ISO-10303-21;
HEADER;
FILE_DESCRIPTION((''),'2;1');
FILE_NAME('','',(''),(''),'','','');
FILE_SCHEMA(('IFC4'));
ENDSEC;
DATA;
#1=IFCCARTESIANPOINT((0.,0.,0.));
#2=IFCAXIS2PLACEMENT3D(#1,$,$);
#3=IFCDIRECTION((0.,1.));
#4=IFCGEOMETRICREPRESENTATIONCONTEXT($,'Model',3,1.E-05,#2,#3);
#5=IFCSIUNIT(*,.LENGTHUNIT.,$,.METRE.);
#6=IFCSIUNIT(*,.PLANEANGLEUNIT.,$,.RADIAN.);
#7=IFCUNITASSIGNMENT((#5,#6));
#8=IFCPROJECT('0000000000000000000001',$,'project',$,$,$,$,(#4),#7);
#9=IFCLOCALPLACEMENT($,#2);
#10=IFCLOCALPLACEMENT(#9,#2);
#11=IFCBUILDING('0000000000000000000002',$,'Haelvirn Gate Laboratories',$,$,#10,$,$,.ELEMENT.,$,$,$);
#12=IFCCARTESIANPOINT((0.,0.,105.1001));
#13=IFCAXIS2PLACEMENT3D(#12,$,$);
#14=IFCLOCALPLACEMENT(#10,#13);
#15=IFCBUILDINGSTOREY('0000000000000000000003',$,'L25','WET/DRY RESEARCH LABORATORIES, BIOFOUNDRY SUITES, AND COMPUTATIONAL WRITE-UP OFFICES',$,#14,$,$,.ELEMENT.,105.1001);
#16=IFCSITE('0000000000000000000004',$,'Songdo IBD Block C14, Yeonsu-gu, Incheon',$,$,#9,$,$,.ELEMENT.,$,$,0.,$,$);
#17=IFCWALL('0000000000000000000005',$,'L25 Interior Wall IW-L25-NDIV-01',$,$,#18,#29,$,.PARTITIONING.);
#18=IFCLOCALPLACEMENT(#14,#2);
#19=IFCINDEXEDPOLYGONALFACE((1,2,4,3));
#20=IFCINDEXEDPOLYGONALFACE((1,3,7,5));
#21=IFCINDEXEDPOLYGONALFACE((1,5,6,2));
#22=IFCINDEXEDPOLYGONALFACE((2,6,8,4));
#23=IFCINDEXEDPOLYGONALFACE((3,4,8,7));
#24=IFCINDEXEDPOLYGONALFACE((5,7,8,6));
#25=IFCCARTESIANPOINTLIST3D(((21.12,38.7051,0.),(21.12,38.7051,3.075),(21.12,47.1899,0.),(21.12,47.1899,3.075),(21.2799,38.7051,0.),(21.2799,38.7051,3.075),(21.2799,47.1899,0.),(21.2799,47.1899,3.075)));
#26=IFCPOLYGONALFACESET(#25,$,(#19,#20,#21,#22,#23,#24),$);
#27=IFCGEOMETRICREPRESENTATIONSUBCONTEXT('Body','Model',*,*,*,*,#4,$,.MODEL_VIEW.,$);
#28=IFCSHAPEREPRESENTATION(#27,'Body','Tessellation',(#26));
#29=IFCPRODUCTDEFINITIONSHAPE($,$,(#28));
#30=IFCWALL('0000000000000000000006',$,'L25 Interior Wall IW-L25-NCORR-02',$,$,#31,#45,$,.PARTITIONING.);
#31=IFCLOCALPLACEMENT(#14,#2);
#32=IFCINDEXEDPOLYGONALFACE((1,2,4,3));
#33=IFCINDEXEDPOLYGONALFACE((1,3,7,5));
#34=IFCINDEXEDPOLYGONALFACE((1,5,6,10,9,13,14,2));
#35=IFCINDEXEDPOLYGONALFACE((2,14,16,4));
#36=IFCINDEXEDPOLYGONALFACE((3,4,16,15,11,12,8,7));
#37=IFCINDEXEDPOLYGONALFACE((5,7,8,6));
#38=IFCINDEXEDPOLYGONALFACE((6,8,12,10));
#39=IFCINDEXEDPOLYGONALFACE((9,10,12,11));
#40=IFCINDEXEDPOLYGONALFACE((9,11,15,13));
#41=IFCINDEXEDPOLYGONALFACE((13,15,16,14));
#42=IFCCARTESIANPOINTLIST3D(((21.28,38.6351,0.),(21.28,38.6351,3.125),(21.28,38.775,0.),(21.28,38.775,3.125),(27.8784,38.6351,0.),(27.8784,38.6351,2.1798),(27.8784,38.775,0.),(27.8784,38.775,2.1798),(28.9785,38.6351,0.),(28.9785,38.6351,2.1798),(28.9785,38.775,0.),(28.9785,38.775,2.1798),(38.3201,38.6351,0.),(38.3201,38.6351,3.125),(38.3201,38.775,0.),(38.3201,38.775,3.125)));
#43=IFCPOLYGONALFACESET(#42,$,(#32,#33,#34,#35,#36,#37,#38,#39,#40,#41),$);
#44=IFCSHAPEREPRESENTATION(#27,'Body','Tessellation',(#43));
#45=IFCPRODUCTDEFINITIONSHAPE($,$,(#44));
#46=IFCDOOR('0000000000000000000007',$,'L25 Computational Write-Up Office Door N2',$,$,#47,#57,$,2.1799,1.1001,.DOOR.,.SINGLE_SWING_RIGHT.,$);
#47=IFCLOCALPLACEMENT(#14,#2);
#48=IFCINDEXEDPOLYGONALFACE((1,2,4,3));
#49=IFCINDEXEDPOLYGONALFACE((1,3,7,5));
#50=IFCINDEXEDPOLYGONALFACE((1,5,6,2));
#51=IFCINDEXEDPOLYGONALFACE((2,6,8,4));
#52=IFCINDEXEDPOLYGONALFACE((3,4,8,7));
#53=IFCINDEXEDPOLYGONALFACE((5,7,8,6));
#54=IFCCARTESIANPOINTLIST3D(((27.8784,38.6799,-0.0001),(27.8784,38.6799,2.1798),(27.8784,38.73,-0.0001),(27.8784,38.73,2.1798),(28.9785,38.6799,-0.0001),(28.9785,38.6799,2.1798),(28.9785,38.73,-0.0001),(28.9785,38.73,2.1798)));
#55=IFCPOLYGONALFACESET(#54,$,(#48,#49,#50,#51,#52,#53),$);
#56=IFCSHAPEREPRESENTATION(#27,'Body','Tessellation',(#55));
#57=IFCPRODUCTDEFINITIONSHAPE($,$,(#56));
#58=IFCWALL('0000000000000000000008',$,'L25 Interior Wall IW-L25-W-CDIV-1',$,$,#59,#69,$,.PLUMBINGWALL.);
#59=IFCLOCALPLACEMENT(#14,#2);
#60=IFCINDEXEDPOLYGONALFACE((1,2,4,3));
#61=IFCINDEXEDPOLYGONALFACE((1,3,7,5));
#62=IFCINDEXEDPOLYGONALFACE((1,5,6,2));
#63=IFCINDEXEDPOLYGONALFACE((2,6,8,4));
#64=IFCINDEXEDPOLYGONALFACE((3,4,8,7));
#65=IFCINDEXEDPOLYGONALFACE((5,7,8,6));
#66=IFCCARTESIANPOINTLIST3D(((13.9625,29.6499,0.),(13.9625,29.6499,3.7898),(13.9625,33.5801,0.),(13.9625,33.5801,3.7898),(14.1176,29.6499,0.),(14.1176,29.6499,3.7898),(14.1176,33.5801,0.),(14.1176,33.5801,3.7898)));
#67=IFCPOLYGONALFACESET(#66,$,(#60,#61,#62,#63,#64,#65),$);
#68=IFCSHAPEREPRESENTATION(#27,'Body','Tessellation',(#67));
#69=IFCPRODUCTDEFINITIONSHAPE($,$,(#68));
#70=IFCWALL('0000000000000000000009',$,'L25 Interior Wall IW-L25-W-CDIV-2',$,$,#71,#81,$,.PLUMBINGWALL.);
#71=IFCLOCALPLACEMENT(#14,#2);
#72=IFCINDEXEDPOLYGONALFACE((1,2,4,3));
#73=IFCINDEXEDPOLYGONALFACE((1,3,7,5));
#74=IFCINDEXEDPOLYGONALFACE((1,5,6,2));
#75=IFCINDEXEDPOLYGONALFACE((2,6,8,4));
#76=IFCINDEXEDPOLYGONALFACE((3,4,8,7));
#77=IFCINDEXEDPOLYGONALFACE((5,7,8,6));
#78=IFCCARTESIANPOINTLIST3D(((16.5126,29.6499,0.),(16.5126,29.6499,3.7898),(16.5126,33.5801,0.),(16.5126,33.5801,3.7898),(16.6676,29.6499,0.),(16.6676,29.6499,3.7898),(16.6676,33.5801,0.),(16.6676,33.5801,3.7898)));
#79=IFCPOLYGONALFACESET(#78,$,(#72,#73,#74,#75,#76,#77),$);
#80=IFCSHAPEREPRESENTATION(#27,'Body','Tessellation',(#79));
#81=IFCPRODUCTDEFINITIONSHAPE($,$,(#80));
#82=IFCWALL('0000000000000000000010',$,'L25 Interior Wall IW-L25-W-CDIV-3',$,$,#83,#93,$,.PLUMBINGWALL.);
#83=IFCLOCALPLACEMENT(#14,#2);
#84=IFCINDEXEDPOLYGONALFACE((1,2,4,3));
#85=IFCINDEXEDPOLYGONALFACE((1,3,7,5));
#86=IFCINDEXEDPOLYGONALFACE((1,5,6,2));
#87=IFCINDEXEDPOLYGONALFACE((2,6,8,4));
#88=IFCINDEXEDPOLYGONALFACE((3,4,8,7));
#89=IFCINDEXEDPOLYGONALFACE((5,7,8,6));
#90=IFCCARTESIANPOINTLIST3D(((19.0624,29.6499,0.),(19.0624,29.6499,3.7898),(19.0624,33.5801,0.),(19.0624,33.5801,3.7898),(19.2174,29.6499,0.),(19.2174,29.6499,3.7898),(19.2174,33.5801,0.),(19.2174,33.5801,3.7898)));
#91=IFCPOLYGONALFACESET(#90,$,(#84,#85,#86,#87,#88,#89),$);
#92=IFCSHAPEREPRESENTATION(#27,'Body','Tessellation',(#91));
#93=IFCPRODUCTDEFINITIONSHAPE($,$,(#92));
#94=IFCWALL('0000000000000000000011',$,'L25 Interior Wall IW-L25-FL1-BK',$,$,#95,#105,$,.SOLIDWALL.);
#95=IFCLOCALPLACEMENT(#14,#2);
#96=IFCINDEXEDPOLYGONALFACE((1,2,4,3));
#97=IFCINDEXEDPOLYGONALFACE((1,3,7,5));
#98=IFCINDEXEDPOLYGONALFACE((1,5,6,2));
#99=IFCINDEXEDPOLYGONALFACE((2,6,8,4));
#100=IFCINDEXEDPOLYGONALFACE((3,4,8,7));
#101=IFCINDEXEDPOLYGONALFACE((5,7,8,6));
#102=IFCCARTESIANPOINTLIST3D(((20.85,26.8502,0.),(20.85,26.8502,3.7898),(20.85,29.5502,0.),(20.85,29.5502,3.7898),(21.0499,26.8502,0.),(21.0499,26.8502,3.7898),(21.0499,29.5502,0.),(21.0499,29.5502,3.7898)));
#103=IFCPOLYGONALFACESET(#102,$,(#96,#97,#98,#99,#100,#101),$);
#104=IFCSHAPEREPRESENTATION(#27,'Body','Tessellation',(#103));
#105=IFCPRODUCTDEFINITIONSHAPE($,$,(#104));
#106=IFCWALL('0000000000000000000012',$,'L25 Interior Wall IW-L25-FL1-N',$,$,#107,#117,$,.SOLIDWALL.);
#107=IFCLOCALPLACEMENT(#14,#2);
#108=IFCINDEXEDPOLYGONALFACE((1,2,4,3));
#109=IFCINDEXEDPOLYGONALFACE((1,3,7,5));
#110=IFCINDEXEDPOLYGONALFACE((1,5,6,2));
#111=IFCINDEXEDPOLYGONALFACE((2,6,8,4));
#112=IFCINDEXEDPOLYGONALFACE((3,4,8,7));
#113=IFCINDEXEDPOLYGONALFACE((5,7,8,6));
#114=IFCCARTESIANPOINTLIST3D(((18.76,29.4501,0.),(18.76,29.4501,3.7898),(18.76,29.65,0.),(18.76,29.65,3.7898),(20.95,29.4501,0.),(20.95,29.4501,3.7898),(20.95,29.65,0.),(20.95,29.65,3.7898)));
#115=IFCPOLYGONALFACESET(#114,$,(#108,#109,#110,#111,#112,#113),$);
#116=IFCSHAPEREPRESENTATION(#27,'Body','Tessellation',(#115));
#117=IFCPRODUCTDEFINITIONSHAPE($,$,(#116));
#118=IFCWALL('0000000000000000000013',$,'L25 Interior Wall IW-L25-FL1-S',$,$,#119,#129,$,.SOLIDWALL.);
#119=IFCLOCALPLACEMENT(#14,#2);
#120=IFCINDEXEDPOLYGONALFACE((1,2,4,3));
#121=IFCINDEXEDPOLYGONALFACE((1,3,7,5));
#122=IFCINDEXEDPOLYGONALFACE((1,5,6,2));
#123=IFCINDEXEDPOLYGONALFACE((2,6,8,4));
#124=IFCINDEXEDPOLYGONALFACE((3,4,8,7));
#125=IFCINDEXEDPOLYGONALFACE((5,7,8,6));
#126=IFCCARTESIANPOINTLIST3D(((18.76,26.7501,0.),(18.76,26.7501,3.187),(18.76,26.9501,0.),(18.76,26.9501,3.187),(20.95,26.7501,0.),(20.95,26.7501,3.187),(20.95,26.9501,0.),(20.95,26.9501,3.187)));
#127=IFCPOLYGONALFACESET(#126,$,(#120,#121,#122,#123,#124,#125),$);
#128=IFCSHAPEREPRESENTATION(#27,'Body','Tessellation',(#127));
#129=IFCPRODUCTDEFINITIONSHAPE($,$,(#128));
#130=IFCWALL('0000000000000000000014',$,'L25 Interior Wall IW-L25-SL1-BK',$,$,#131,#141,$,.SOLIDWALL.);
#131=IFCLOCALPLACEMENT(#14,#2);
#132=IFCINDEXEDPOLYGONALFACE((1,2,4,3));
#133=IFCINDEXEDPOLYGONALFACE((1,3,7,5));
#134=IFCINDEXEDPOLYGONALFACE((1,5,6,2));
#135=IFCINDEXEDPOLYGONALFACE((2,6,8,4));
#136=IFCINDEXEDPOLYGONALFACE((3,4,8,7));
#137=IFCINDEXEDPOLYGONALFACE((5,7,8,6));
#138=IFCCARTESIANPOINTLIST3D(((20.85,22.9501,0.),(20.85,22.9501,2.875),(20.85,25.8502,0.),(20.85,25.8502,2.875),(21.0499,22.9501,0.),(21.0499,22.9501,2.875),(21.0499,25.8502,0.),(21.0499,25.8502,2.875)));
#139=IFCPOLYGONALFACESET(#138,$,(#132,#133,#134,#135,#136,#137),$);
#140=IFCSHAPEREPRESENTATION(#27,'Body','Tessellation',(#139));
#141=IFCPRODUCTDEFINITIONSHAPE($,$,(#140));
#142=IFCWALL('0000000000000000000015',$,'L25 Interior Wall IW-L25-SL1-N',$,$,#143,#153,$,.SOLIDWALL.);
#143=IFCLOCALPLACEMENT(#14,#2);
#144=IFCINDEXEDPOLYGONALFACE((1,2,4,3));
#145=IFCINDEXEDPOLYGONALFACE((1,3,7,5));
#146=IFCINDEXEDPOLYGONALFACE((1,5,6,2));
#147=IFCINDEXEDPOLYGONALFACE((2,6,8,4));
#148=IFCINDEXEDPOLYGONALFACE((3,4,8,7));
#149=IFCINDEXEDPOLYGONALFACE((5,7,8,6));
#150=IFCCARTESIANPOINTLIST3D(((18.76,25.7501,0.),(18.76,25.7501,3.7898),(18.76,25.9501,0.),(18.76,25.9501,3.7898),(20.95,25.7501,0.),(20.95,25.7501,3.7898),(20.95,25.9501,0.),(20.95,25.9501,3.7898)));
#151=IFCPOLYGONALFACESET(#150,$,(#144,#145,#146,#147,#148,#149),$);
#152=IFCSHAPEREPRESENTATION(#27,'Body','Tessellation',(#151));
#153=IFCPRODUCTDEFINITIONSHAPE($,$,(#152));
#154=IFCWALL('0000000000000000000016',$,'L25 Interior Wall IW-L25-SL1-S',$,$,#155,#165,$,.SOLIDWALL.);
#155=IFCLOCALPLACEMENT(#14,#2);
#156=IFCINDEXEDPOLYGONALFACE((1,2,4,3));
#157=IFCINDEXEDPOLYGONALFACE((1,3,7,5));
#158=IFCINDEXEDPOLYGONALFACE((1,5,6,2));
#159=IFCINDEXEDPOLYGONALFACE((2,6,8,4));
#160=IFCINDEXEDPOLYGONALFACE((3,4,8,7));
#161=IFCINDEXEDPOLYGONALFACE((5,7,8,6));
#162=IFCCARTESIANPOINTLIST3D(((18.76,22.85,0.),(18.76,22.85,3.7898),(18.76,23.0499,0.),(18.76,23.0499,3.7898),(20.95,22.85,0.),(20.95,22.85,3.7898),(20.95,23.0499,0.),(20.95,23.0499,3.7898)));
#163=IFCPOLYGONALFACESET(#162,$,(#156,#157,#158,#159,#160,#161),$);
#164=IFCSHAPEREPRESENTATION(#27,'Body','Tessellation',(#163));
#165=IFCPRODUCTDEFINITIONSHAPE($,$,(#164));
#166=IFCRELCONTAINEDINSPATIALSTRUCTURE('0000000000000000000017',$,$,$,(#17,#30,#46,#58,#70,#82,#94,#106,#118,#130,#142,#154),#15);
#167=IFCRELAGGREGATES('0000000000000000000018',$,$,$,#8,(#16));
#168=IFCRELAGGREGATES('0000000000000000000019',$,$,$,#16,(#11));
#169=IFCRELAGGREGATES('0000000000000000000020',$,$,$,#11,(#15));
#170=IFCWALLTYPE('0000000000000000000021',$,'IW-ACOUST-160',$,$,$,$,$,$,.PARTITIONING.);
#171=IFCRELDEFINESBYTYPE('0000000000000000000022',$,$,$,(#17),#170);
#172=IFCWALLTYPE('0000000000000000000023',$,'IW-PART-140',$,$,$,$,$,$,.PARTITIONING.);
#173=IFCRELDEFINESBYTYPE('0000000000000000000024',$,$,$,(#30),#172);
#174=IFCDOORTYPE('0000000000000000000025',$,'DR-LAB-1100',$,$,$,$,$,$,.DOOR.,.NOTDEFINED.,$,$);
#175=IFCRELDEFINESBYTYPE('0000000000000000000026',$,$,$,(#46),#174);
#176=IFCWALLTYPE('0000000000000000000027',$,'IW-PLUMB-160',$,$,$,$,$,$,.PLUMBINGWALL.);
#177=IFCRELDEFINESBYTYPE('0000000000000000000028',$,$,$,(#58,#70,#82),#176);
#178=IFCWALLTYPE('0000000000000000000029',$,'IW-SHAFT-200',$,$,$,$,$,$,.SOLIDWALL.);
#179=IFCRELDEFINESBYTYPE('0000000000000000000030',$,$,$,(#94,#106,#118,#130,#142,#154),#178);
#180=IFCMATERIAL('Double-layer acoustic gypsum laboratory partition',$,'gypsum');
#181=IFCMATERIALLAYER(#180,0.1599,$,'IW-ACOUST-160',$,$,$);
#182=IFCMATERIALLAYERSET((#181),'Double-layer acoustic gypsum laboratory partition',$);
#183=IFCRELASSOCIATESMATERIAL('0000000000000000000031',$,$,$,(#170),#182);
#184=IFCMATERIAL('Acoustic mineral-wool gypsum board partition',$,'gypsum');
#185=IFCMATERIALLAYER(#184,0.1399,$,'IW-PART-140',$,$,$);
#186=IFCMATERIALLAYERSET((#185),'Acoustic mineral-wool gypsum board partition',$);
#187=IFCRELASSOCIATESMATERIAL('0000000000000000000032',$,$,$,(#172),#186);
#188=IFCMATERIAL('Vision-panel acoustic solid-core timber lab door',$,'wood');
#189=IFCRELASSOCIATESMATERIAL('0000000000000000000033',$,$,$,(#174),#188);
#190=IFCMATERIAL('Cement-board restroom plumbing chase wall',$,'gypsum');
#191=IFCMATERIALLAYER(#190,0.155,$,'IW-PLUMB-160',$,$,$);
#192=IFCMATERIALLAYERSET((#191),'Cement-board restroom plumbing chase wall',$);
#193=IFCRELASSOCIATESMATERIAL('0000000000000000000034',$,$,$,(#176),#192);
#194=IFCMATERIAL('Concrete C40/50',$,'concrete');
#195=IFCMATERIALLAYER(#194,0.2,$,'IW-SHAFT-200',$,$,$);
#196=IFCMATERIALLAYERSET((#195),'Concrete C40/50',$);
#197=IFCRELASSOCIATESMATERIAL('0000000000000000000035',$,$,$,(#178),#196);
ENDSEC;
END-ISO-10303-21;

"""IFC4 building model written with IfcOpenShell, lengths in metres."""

from ifc_helpers import new_model, si_unit, direction, frame, frame_2d, origin, place, context, subcontext, project, spatial, rectangle, extrude, source, transform, mapped, material, layer, layer_set, type_object, type_shapes, element, fill, save


model = new_model("IFC4")

# Units and contexts
model_context = context("Model", 3, precision=1e-05, world=origin(), true_north=direction((0.0, 1.0)))
body_context = subcontext(model_context, "Body", "Model", "MODEL_VIEW")
ifc_project = project(units=[si_unit("LENGTHUNIT", "METRE"), si_unit("PLANEANGLEUNIT", "RADIAN")], contexts=[model_context])

# Site, building, storey
site_placement = place(None, origin())
site = spatial("IfcSite", under=ifc_project, at=site_placement, Name="Songdo IBD Block C14, Yeonsu-gu, Incheon", CompositionType="ELEMENT", RefElevation=0.0)
building_placement = place(site_placement, origin())
building = spatial("IfcBuilding", under=site, at=building_placement, Name="Haelvirn Gate Laboratories", CompositionType="ELEMENT")
storey_placement = place(building_placement, frame((0.0, 0.0, 105.1001)))
storey = spatial("IfcBuildingStorey", under=building, at=storey_placement, Name="L25", Description="WET/DRY RESEARCH LABORATORIES, BIOFOUNDRY SUITES, AND COMPUTATIONAL WRITE-UP OFFICES", CompositionType="ELEMENT", Elevation=105.1001)

# Wall
ifc_material_1 = material(Name="Double-layer acoustic gypsum laboratory partition", Category="gypsum")
ifc_layer_1 = layer(ifc_material_1, 0.1599, Name="IW-ACOUST-160")
ifc_layer_set_1 = layer_set([ifc_layer_1], Name="Double-layer acoustic gypsum laboratory partition")
wall_type_1 = type_object("IfcWallType", Name="IW-ACOUST-160", PredefinedType="PARTITIONING", material=ifc_layer_set_1)
wall_1_placement = place(storey_placement, frame((21.2, 38.7051, 0.0), z_axis=(0.0, 0.0, 1.0), x_axis=(0.0, 1.0, 0.0)))
element("IfcWall", 1, at=wall_1_placement, inside=storey, type_object=wall_type_1, Name="L25 Interior Wall IW-L25-NDIV-01", PredefinedType="PARTITIONING", context=body_context, shape_type="SweptSolid", body=[
    extrude(rectangle(XDim=8.4849, YDim=0.1599, at=frame_2d((4.2424, 0.0))), origin(), (0.0, 0.0, 1.0), 3.075),
])

# Wall, opening, door
ifc_material_2 = material(Name="Acoustic mineral-wool gypsum board partition", Category="gypsum")
ifc_layer_2 = layer(ifc_material_2, 0.1399, Name="IW-PART-140")
ifc_layer_set_2 = layer_set([ifc_layer_2], Name="Acoustic mineral-wool gypsum board partition")
wall_type_2 = type_object("IfcWallType", Name="IW-PART-140", PredefinedType="PARTITIONING", material=ifc_layer_set_2)
wall_2_placement = place(storey_placement, frame((21.28, 38.7051, 0.0), z_axis=(0.0, 0.0, 1.0), x_axis=(1.0, 0.0, 0.0)))
wall_2 = element("IfcWall", 2, at=wall_2_placement, inside=storey, type_object=wall_type_2, Name="L25 Interior Wall IW-L25-NCORR-02", PredefinedType="PARTITIONING", context=body_context, shape_type="SweptSolid", body=[
    extrude(rectangle(XDim=17.04, YDim=0.1399, at=frame_2d((8.52, 0.0))), origin(), (0.0, 0.0, 1.0), 3.125),
])
opening_1_placement = place(wall_2_placement, frame((6.5984, 0.0, 0.0)))
opening_1 = element("IfcOpeningElement", 3, at=opening_1_placement, cuts=wall_2, PredefinedType="OPENING", context=body_context, shape_type="SweptSolid", body=[
    extrude(rectangle(XDim=1.1001, YDim=2.1799, at=frame_2d((0.55, 1.0898))), frame((0.0, 0.0801, 0.0), z_axis=(0.0, -1.0, 0.0), x_axis=(1.0, 0.0, 0.0)), (0.0, 0.0, 1.0), 0.1599),
])
ifc_material_3 = material(Name="Vision-panel acoustic solid-core timber lab door", Category="wood")
door_type_1 = type_object("IfcDoorType", Name="DR-LAB-1100", OperationType="NOTDEFINED", PredefinedType="DOOR", material=ifc_material_3)
shared_shape_1 = source(origin(), body_context, "Body", "SweptSolid", [
    extrude(rectangle(XDim=1.1001, YDim=2.1799, at=frame_2d((0.55, 1.0898))), frame((0.0, 0.0249, 0.0), z_axis=(0.0, -1.0, 0.0), x_axis=(1.0, 0.0, 0.0)), (0.0, 0.0, 1.0), 0.05),
])
type_shapes(door_type_1, [shared_shape_1])
door_1_placement = place(opening_1_placement, origin())
door_1 = element("IfcDoor", 4, at=door_1_placement, inside=storey, type_object=door_type_1, Name="L25 Computational Write-Up Office Door N2", OperationType="SINGLE_SWING_RIGHT", OverallHeight=2.1799, OverallWidth=1.1001, PredefinedType="DOOR", context=body_context, shape_type="MappedRepresentation", body=[
    mapped(shared_shape_1, transform((0.0, 0.0, 0.0), scale=1.0)),
])
fill(opening_1, door_1)

# Walls
ifc_material_4 = material(Name="Cement-board restroom plumbing chase wall", Category="gypsum")
ifc_layer_3 = layer(ifc_material_4, 0.155, Name="IW-PLUMB-160")
ifc_layer_set_3 = layer_set([ifc_layer_3], Name="Cement-board restroom plumbing chase wall")
wall_type_3 = type_object("IfcWallType", Name="IW-PLUMB-160", PredefinedType="PLUMBINGWALL", material=ifc_layer_set_3)
for number, where, z_axis, x_axis, name in (
    (5, (14.04, 29.6499, 0.0), (0.0, 0.0, 1.0), (0.0, 1.0, 0.0), "L25 Interior Wall IW-L25-W-CDIV-1"),
    (6, (16.5901, 29.6499, 0.0), (0.0, 0.0, 1.0), (0.0, 1.0, 0.0), "L25 Interior Wall IW-L25-W-CDIV-2"),
    (7, (19.1399, 29.6499, 0.0), (0.0, 0.0, 1.0), (0.0, 1.0, 0.0), "L25 Interior Wall IW-L25-W-CDIV-3"),
):
    element("IfcWall", number, at=place(storey_placement, frame(where, z_axis=z_axis, x_axis=x_axis)), inside=storey, type_object=wall_type_3, Name=name, PredefinedType="PLUMBINGWALL", context=body_context, shape_type="SweptSolid", body=[
        extrude(rectangle(XDim=3.9302, YDim=0.155, at=frame_2d((1.9651, 0.0))), origin(), (0.0, 0.0, 1.0), 3.7898),
    ])
ifc_material_5 = material(Name="Concrete C40/50", Category="concrete")
ifc_layer_4 = layer(ifc_material_5, 0.2, Name="IW-SHAFT-200")
ifc_layer_set_4 = layer_set([ifc_layer_4], Name="Concrete C40/50")
wall_type_4 = type_object("IfcWallType", Name="IW-SHAFT-200", PredefinedType="SOLIDWALL", material=ifc_layer_set_4)
wall_3_placement = place(storey_placement, frame((20.95, 26.8501, 0.0), z_axis=(0.0, 0.0, 1.0), x_axis=(0.0, 1.0, 0.0)))
element("IfcWall", 8, at=wall_3_placement, inside=storey, type_object=wall_type_4, Name="L25 Interior Wall IW-L25-FL1-BK", PredefinedType="SOLIDWALL", context=body_context, shape_type="SweptSolid", body=[
    extrude(rectangle(XDim=2.7, YDim=0.2, at=frame_2d((1.3501, 0.0))), origin(), (0.0, 0.0, 1.0), 3.7898),
])
wall_4_placement = place(storey_placement, frame((18.76, 29.55, 0.0), z_axis=(0.0, 0.0, 1.0), x_axis=(1.0, 0.0, 0.0)))
element("IfcWall", 9, at=wall_4_placement, inside=storey, type_object=wall_type_4, Name="L25 Interior Wall IW-L25-FL1-N", PredefinedType="SOLIDWALL", context=body_context, shape_type="SweptSolid", body=[
    extrude(rectangle(XDim=2.1899, YDim=0.2, at=frame_2d((1.095, 0.0))), origin(), (0.0, 0.0, 1.0), 3.7898),
])
wall_5_placement = place(storey_placement, frame((18.76, 26.8501, 0.0), z_axis=(0.0, 0.0, 1.0), x_axis=(1.0, 0.0, 0.0)))
element("IfcWall", 10, at=wall_5_placement, inside=storey, type_object=wall_type_4, Name="L25 Interior Wall IW-L25-FL1-S", PredefinedType="SOLIDWALL", context=body_context, shape_type="SweptSolid", body=[
    extrude(rectangle(XDim=2.1899, YDim=0.2, at=frame_2d((1.095, 0.0))), origin(), (0.0, 0.0, 1.0), 3.187),
])
wall_6_placement = place(storey_placement, frame((20.95, 22.95, 0.0), z_axis=(0.0, 0.0, 1.0), x_axis=(0.0, 1.0, 0.0)))
element("IfcWall", 11, at=wall_6_placement, inside=storey, type_object=wall_type_4, Name="L25 Interior Wall IW-L25-SL1-BK", PredefinedType="SOLIDWALL", context=body_context, shape_type="SweptSolid", body=[
    extrude(rectangle(XDim=2.9001, YDim=0.2, at=frame_2d((1.4502, 0.0))), origin(), (0.0, 0.0, 1.0), 2.875),
])
for number, where, z_axis, x_axis, name in (
    (12, (18.76, 25.8501, 0.0), (0.0, 0.0, 1.0), (1.0, 0.0, 0.0), "L25 Interior Wall IW-L25-SL1-N"),
    (13, (18.76, 22.95, 0.0), (0.0, 0.0, 1.0), (1.0, 0.0, 0.0), "L25 Interior Wall IW-L25-SL1-S"),
):
    element("IfcWall", number, at=place(storey_placement, frame(where, z_axis=z_axis, x_axis=x_axis)), inside=storey, type_object=wall_type_4, Name=name, PredefinedType="SOLIDWALL", context=body_context, shape_type="SweptSolid", body=[
        extrude(rectangle(XDim=2.1899, YDim=0.2, at=frame_2d((1.095, 0.0))), origin(), (0.0, 0.0, 1.0), 3.7898),
    ])

save(model, "model.ifc")
